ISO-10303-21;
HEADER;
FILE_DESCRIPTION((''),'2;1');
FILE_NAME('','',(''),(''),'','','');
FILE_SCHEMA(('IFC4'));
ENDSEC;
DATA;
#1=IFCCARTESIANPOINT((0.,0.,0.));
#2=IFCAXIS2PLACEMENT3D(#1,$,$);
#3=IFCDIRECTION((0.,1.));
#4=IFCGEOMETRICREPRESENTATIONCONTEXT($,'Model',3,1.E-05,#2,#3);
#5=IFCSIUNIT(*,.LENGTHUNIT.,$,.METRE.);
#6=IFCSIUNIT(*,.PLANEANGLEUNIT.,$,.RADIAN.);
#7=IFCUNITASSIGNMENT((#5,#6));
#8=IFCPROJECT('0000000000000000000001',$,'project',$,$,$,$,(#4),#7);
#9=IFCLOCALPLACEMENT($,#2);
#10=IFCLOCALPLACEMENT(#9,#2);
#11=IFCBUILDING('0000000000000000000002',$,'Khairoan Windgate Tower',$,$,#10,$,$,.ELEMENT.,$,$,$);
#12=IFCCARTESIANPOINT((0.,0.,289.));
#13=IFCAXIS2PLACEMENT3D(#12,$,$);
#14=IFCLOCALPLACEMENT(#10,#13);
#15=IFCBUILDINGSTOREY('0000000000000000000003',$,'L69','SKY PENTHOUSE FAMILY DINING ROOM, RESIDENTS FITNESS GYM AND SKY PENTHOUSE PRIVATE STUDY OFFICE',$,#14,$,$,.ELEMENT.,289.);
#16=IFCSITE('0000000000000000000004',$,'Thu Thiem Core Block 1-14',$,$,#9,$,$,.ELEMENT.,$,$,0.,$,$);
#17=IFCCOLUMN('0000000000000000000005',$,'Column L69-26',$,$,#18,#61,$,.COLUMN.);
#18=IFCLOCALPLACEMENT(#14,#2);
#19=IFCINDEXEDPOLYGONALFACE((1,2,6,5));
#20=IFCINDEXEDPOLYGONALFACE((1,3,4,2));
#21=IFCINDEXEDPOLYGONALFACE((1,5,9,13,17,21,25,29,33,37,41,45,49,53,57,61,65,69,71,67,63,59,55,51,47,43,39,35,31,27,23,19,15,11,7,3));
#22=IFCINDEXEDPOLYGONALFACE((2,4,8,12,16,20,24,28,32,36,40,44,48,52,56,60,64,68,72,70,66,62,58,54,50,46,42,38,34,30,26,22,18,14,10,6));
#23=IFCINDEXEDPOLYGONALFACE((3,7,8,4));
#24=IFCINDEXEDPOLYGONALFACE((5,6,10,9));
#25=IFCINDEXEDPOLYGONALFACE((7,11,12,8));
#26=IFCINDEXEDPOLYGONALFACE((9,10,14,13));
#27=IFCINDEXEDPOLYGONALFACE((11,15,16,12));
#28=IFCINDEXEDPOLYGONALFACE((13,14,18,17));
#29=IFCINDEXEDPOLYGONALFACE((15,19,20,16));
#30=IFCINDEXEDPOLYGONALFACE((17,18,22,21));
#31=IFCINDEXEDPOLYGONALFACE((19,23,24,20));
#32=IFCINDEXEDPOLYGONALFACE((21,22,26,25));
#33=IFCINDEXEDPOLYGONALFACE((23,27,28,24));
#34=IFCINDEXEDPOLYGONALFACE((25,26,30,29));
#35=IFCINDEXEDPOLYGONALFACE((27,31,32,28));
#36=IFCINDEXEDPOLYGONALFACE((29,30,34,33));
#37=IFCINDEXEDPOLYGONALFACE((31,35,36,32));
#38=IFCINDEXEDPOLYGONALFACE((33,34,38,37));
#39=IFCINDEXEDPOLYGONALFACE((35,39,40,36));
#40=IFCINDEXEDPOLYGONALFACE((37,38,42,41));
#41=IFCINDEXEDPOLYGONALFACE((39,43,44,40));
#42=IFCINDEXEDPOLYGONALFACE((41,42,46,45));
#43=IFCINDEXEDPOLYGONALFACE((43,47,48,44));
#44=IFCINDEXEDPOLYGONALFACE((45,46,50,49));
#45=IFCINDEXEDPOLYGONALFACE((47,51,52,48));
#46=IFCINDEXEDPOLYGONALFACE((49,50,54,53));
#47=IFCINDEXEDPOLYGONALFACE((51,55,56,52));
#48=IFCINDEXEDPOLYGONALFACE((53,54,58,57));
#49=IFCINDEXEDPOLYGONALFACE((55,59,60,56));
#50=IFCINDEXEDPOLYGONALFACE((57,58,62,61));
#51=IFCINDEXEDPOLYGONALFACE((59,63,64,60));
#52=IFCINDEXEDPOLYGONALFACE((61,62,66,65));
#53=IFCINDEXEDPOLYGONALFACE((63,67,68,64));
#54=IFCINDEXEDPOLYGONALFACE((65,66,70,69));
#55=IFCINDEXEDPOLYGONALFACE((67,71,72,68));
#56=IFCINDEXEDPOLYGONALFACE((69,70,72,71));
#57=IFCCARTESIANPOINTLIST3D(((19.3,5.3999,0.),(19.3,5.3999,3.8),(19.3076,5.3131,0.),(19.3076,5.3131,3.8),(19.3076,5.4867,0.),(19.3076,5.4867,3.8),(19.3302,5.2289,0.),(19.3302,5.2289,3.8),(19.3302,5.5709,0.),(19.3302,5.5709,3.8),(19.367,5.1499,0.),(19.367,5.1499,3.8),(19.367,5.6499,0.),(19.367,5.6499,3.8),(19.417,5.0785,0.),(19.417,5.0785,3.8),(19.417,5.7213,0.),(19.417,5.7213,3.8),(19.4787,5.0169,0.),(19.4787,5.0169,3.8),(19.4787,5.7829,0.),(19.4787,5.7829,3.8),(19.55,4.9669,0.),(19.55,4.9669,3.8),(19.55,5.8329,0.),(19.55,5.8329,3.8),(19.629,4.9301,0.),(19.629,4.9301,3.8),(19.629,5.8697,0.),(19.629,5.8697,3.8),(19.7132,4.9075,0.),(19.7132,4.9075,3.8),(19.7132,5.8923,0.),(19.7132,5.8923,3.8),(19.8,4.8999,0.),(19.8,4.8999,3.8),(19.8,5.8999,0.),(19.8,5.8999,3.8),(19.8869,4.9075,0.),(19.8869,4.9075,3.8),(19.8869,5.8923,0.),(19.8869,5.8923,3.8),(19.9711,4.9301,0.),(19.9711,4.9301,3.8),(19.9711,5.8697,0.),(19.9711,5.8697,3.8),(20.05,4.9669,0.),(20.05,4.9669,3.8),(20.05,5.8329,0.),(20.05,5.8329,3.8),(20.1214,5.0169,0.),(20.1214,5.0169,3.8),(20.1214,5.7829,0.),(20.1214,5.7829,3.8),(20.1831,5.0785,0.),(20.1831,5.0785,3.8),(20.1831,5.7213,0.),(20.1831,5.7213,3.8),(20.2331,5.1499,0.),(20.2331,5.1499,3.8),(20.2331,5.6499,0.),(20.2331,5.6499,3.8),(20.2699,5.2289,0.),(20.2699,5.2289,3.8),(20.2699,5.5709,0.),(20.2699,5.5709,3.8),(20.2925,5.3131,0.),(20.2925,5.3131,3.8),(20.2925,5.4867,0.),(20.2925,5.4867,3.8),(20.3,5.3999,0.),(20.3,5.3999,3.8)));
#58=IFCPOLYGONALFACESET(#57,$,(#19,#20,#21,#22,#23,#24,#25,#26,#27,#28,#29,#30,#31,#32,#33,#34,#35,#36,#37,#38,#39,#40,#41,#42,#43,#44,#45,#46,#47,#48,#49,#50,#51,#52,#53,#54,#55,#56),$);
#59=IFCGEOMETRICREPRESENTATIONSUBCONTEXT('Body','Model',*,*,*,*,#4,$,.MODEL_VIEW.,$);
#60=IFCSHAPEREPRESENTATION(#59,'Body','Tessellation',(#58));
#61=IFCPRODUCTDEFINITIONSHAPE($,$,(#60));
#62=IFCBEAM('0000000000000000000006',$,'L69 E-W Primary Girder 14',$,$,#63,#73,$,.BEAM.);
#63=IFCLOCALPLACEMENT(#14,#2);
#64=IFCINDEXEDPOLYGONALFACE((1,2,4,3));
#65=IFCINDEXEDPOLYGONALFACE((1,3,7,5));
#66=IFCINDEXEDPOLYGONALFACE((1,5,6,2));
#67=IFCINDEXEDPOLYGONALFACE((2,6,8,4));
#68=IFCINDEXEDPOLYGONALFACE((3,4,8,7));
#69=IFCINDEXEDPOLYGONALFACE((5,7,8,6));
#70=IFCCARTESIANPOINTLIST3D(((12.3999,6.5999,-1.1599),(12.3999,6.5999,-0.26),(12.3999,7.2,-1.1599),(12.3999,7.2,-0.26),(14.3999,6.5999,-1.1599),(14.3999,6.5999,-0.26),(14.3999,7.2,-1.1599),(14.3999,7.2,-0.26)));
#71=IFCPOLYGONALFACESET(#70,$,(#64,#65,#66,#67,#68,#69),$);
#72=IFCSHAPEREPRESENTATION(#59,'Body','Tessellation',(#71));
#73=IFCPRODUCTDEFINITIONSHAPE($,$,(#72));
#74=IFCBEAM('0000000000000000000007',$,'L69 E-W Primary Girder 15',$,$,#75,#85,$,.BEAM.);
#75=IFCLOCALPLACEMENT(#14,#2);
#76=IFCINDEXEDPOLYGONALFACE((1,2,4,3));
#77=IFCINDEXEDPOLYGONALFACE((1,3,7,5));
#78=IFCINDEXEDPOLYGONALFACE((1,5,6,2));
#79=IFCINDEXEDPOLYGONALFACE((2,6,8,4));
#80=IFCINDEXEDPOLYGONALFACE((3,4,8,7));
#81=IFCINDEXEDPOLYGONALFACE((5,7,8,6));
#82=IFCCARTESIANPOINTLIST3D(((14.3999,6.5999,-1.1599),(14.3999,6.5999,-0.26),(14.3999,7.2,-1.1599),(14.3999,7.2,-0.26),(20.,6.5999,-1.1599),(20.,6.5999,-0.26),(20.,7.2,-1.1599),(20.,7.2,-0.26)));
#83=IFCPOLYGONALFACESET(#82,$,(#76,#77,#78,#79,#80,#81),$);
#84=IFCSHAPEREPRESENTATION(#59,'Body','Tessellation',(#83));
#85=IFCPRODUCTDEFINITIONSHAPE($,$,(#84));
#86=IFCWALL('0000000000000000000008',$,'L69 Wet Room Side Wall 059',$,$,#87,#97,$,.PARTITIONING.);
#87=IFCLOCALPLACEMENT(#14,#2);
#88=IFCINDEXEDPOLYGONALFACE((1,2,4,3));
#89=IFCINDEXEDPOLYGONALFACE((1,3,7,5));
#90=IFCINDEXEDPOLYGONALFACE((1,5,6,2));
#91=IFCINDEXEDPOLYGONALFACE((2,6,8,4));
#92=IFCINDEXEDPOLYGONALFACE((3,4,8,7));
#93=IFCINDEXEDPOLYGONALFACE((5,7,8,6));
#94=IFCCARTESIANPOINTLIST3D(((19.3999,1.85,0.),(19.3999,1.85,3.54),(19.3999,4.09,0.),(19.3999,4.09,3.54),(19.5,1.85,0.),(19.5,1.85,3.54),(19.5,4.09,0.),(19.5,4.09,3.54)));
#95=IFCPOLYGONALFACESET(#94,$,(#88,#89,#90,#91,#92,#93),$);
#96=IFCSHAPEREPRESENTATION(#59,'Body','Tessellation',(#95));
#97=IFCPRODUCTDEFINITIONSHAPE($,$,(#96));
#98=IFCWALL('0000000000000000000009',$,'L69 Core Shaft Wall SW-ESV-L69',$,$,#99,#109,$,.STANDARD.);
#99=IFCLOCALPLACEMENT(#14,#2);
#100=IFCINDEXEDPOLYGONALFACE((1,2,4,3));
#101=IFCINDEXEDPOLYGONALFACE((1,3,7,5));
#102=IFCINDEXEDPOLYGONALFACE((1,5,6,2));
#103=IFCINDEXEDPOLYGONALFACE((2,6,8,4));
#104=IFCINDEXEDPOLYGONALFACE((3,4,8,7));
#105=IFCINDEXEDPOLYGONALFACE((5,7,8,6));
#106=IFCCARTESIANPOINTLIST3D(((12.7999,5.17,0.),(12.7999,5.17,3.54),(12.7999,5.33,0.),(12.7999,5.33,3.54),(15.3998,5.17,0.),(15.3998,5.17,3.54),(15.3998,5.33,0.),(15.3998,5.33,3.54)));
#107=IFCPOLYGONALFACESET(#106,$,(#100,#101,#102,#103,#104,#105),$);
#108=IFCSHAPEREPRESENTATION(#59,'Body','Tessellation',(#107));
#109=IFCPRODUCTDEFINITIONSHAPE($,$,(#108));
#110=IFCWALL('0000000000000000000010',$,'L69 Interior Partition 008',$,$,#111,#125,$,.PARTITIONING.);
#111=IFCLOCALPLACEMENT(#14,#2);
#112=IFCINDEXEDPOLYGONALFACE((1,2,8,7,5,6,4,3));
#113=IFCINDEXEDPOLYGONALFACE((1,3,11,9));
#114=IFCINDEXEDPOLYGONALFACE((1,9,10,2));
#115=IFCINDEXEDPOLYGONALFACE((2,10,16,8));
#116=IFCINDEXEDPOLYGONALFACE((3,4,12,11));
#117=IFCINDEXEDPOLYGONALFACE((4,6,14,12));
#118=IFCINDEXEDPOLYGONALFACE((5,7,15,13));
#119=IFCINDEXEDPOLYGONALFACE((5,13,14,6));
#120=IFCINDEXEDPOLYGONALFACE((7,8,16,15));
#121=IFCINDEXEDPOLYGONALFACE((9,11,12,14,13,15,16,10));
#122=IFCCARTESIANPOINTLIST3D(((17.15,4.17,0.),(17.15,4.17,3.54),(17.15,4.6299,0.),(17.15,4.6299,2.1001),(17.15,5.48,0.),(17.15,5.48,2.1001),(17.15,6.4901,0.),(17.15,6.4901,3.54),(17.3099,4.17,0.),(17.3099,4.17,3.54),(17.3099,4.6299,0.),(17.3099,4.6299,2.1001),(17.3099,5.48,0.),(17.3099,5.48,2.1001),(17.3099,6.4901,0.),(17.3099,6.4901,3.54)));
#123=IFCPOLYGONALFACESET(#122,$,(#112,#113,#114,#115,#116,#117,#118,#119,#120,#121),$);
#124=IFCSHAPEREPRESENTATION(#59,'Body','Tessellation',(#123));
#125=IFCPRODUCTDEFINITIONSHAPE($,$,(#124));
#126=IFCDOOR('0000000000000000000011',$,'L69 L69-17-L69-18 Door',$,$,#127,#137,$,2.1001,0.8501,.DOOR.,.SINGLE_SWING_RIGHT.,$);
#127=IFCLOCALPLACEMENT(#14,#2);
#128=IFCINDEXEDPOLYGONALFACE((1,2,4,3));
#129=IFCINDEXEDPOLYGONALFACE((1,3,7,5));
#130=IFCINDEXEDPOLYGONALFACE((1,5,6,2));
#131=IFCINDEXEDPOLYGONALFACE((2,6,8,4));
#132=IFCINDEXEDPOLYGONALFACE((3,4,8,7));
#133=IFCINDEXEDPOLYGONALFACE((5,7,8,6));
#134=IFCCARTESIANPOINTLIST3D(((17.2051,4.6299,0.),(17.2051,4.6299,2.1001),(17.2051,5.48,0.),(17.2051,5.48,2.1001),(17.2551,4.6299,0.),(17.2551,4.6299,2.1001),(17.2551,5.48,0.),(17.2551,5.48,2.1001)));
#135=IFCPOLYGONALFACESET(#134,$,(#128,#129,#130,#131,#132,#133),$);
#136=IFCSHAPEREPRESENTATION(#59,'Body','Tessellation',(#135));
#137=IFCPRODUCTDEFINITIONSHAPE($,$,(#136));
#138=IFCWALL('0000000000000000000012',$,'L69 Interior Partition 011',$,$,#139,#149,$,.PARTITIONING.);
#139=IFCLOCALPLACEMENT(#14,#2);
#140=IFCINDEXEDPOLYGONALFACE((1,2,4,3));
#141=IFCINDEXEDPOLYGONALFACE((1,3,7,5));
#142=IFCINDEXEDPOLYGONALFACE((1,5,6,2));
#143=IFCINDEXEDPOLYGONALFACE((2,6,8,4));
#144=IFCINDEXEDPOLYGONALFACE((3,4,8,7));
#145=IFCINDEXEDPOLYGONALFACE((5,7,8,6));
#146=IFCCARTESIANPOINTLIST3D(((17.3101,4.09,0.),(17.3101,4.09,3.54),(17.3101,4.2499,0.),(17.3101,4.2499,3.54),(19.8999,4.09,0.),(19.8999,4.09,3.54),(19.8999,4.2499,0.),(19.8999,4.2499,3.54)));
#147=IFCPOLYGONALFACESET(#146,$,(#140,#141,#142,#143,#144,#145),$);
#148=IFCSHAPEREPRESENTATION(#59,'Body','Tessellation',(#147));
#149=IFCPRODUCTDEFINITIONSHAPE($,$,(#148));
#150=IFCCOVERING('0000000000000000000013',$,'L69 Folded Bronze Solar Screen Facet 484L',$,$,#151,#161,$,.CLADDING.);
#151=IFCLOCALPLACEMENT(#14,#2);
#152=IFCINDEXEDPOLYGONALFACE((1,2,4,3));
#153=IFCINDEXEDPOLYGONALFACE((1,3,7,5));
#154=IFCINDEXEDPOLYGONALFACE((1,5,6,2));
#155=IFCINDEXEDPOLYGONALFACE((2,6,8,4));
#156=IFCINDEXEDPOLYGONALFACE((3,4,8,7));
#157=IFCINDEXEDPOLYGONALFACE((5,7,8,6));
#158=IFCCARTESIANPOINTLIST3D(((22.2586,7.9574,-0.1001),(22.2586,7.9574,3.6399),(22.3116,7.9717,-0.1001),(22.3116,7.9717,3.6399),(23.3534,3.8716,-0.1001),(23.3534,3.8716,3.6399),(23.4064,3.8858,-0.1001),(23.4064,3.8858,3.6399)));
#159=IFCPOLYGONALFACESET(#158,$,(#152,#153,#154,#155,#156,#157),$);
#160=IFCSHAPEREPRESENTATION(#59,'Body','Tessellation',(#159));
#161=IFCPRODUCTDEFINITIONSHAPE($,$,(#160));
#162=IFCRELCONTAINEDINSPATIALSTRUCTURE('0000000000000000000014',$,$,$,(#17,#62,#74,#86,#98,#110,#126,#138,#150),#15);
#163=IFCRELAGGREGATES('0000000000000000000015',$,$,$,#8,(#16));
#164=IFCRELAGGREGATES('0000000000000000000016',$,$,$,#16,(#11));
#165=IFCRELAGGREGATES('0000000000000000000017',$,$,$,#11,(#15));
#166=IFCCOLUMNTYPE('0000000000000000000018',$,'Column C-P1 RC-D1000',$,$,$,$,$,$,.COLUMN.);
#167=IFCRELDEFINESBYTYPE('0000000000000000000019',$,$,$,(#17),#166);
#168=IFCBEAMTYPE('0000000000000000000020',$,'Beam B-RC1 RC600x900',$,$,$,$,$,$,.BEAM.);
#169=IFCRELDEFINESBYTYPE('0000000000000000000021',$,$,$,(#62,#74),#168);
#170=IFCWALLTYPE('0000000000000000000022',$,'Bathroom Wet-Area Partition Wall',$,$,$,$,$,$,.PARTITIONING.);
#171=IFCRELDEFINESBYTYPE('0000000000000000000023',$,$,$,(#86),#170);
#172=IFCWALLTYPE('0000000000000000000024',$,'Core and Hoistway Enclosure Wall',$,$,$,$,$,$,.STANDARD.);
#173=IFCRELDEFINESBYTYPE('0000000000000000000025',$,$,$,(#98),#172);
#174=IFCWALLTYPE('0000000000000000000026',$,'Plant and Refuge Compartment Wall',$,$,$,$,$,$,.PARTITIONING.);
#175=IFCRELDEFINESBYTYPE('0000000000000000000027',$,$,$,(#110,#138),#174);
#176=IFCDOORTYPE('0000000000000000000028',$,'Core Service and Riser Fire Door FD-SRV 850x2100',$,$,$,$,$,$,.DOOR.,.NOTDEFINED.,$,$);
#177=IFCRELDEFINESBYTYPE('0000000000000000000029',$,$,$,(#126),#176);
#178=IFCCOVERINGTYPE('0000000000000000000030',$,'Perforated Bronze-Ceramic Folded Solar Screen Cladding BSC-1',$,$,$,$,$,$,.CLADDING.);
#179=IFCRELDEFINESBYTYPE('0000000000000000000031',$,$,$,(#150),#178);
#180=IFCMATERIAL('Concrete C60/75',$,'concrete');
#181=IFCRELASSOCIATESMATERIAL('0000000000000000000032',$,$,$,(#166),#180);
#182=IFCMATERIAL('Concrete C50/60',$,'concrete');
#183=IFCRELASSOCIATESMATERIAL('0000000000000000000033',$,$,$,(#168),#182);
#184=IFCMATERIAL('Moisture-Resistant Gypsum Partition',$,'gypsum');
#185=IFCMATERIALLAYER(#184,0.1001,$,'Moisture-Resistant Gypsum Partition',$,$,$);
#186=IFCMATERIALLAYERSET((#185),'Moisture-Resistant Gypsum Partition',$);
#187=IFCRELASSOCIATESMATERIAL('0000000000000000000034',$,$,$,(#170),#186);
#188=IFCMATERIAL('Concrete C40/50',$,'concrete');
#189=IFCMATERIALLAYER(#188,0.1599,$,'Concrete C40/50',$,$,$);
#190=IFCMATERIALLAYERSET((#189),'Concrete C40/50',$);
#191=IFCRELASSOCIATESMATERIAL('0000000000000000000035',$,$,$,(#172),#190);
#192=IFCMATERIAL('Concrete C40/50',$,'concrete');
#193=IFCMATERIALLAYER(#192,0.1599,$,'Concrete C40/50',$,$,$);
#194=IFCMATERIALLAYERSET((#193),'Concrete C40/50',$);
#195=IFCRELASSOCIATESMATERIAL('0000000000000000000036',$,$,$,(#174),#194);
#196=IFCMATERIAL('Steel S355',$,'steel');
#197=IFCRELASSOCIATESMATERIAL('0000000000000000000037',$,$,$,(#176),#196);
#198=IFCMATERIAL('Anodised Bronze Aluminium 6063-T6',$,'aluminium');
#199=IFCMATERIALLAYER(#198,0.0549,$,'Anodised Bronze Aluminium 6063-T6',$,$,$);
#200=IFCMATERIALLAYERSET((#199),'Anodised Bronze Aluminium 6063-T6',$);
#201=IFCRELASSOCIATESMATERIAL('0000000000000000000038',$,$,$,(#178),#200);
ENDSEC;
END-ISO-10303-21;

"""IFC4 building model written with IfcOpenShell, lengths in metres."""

from ifc_helpers import new_model, si_unit, direction, frame, frame_2d, origin, origin_2d, place, context, subcontext, project, spatial, rectangle, circle, extrude, material, layer, layer_set, material_profile, profile_set, type_object, element, fill, save


model = new_model("IFC4")

# Units and contexts
model_context = context("Model", 3, precision=1e-05, world=origin(), true_north=direction((0.0, 1.0)))
body_context = subcontext(model_context, "Body", "Model", "MODEL_VIEW")
ifc_project = project(units=[si_unit("LENGTHUNIT", "METRE"), si_unit("PLANEANGLEUNIT", "RADIAN")], contexts=[model_context])

# Site, building, storey
site_placement = place(None, origin())
site = spatial("IfcSite", under=ifc_project, at=site_placement, Name="Thu Thiem Core Block 1-14", CompositionType="ELEMENT", RefElevation=0.0)
building_placement = place(site_placement, origin())
building = spatial("IfcBuilding", under=site, at=building_placement, Name="Khairoan Windgate Tower", CompositionType="ELEMENT")
storey_placement = place(building_placement, frame((0.0, 0.0, 289.0)))
storey = spatial("IfcBuildingStorey", under=building, at=storey_placement, Name="L69", Description="SKY PENTHOUSE FAMILY DINING ROOM, RESIDENTS FITNESS GYM AND SKY PENTHOUSE PRIVATE STUDY OFFICE", CompositionType="ELEMENT", Elevation=289.0)

# Column
ifc_material_1 = material(Name="Concrete C60/75", Category="concrete")
ifc_material_profile_1 = material_profile(ifc_material_1, circle(Radius=0.5, at=origin_2d()))
ifc_profile_set_1 = profile_set([ifc_material_profile_1], Name="Concrete C60/75")
column_type = type_object("IfcColumnType", Name="Column C-P1 RC-D1000", PredefinedType="COLUMN", material=ifc_profile_set_1)
column_placement = place(storey_placement, frame((19.8, 5.3999, 0.0), z_axis=(0.0, 0.0, 1.0), x_axis=(1.0, 0.0, 0.0)))
element("IfcColumn", 1, at=column_placement, inside=storey, type_object=column_type, Name="Column L69-26", PredefinedType="COLUMN", context=body_context, shape_type="SweptSolid", body=[
    extrude(circle(Radius=0.5, at=origin_2d()), origin(), (0.0, 0.0, 1.0), 3.8),
])

# Beams
ifc_material_2 = material(Name="Concrete C50/60", Category="concrete")
ifc_material_profile_2 = material_profile(ifc_material_2, rectangle(XDim=0.6001, YDim=0.8999, at=origin_2d()))
ifc_profile_set_2 = profile_set([ifc_material_profile_2], Name="Concrete C50/60")
beam_type = type_object("IfcBeamType", Name="Beam B-RC1 RC600x900", PredefinedType="BEAM", material=ifc_profile_set_2)
beam_1_placement = place(storey_placement, frame((12.3999, 6.8999, -0.71), z_axis=(1.0, 0.0, 0.0), x_axis=(0.0, 1.0, 0.0)))
element("IfcBeam", 2, at=beam_1_placement, inside=storey, type_object=beam_type, Name="L69 E-W Primary Girder 14", PredefinedType="BEAM", context=body_context, shape_type="SweptSolid", body=[
    extrude(rectangle(XDim=0.6001, YDim=0.8999, at=origin_2d()), origin(), (0.0, 0.0, 1.0), 2.0),
])
beam_2_placement = place(storey_placement, frame((14.3999, 6.8999, -0.71), z_axis=(1.0, 0.0, 0.0), x_axis=(0.0, 1.0, 0.0)))
element("IfcBeam", 3, at=beam_2_placement, inside=storey, type_object=beam_type, Name="L69 E-W Primary Girder 15", PredefinedType="BEAM", context=body_context, shape_type="SweptSolid", body=[
    extrude(rectangle(XDim=0.6001, YDim=0.8999, at=origin_2d()), origin(), (0.0, 0.0, 1.0), 5.6001),
])

# Walls
ifc_material_3 = material(Name="Moisture-Resistant Gypsum Partition", Category="gypsum")
ifc_layer_1 = layer(ifc_material_3, 0.1001, Name="Moisture-Resistant Gypsum Partition")
ifc_layer_set_1 = layer_set([ifc_layer_1], Name="Moisture-Resistant Gypsum Partition")
wall_type_1 = type_object("IfcWallType", Name="Bathroom Wet-Area Partition Wall", PredefinedType="PARTITIONING", material=ifc_layer_set_1)
wall_1_placement = place(storey_placement, frame((19.45, 4.0901, 0.0), z_axis=(0.0, 0.0, 1.0), x_axis=(0.0, -1.0, 0.0)))
element("IfcWall", 4, at=wall_1_placement, inside=storey, type_object=wall_type_1, Name="L69 Wet Room Side Wall 059", PredefinedType="PARTITIONING", context=body_context, shape_type="SweptSolid", body=[
    extrude(rectangle(XDim=2.24, YDim=0.1001, at=frame_2d((1.1201, 0.0))), origin(), (0.0, 0.0, 1.0), 3.54),
])
ifc_material_4 = material(Name="Concrete C40/50", Category="concrete")
ifc_layer_2 = layer(ifc_material_4, 0.1599, Name="Concrete C40/50")
ifc_layer_set_2 = layer_set([ifc_layer_2], Name="Concrete C40/50")
wall_type_2 = type_object("IfcWallType", Name="Core and Hoistway Enclosure Wall", PredefinedType="STANDARD", material=ifc_layer_set_2)
wall_2_placement = place(storey_placement, frame((12.8, 5.25, 0.0), z_axis=(0.0, 0.0, 1.0), x_axis=(1.0, 0.0, 0.0)))
element("IfcWall", 5, at=wall_2_placement, inside=storey, type_object=wall_type_2, Name="L69 Core Shaft Wall SW-ESV-L69", PredefinedType="STANDARD", context=body_context, shape_type="SweptSolid", body=[
    extrude(rectangle(XDim=2.5999, YDim=0.1599, at=frame_2d((1.2998, 0.0))), origin(), (0.0, 0.0, 1.0), 3.54),
])

# Wall, opening, door
ifc_material_5 = material(Name="Concrete C40/50", Category="concrete")
ifc_layer_3 = layer(ifc_material_5, 0.1599, Name="Concrete C40/50")
ifc_layer_set_3 = layer_set([ifc_layer_3], Name="Concrete C40/50")
wall_type_3 = type_object("IfcWallType", Name="Plant and Refuge Compartment Wall", PredefinedType="PARTITIONING", material=ifc_layer_set_3)
wall_3_placement = place(storey_placement, frame((17.23, 4.1699, 0.0), z_axis=(0.0, 0.0, 1.0), x_axis=(0.0, 1.0, 0.0)))
wall_3 = element("IfcWall", 6, at=wall_3_placement, inside=storey, type_object=wall_type_3, Name="L69 Interior Partition 008", PredefinedType="PARTITIONING", context=body_context, shape_type="SweptSolid", body=[
    extrude(rectangle(XDim=2.3201, YDim=0.1599, at=frame_2d((1.1602, 0.0))), origin(), (0.0, 0.0, 1.0), 3.54),
])
opening_placement = place(wall_3_placement, frame((0.46, 0.0, 0.0)))
opening = element("IfcOpeningElement", 7, at=opening_placement, cuts=wall_3, PredefinedType="OPENING", context=body_context, shape_type="SweptSolid", body=[
    extrude(rectangle(XDim=0.8501, YDim=2.1001, at=frame_2d((0.425, 1.05))), frame((0.0, 0.0898, 0.0), z_axis=(0.0, -1.0, 0.0), x_axis=(1.0, 0.0, 0.0)), (0.0, 0.0, 1.0), 0.1799),
])
ifc_material_6 = material(Name="Steel S355", Category="steel")
door_type = type_object("IfcDoorType", Name="Core Service and Riser Fire Door FD-SRV 850x2100", OperationType="NOTDEFINED", PredefinedType="DOOR", material=ifc_material_6)
door_placement = place(opening_placement, origin())
door = element("IfcDoor", 8, at=door_placement, inside=storey, type_object=door_type, Name="L69 L69-17-L69-18 Door", OperationType="SINGLE_SWING_RIGHT", OverallHeight=2.1001, OverallWidth=0.8501, PredefinedType="DOOR", context=body_context, shape_type="SweptSolid", body=[
    extrude(rectangle(XDim=0.8501, YDim=2.1001, at=frame_2d((0.425, 1.05))), frame((0.0, 0.0249, 0.0), z_axis=(0.0, -1.0, 0.0), x_axis=(1.0, 0.0, 0.0)), (0.0, 0.0, 1.0), 0.05),
])
fill(opening, door)

# Wall
wall_4_placement = place(storey_placement, frame((17.3101, 4.1699, 0.0), z_axis=(0.0, 0.0, 1.0), x_axis=(1.0, 0.0, 0.0)))
element("IfcWall", 9, at=wall_4_placement, inside=storey, type_object=wall_type_3, Name="L69 Interior Partition 011", PredefinedType="PARTITIONING", context=body_context, shape_type="SweptSolid", body=[
    extrude(rectangle(XDim=2.5898, YDim=0.1599, at=frame_2d((1.2949, 0.0))), origin(), (0.0, 0.0, 1.0), 3.54),
])

# Covering
ifc_material_7 = material(Name="Anodised Bronze Aluminium 6063-T6", Category="aluminium")
ifc_layer_4 = layer(ifc_material_7, 0.0549, Name="Anodised Bronze Aluminium 6063-T6")
ifc_layer_set_4 = layer_set([ifc_layer_4], Name="Anodised Bronze Aluminium 6063-T6")
covering_type = type_object("IfcCoveringType", Name="Perforated Bronze-Ceramic Folded Solar Screen Cladding BSC-1", PredefinedType="CLADDING", material=ifc_layer_set_4)
covering_placement = place(storey_placement, frame((22.8325, 5.9216, -0.1001), z_axis=(0.0, 0.0, 1.0), x_axis=(0.258819, -0.965926, 0.0)))
element("IfcCovering", 10, at=covering_placement, inside=storey, type_object=covering_type, Name="L69 Folded Bronze Solar Screen Facet 484L", PredefinedType="CLADDING", context=body_context, shape_type="SweptSolid", body=[
    extrude(rectangle(XDim=4.23, YDim=0.0549, at=origin_2d()), origin(), (0.0, 0.0, 1.0), 3.74),
])

save(model, "model.ifc")
